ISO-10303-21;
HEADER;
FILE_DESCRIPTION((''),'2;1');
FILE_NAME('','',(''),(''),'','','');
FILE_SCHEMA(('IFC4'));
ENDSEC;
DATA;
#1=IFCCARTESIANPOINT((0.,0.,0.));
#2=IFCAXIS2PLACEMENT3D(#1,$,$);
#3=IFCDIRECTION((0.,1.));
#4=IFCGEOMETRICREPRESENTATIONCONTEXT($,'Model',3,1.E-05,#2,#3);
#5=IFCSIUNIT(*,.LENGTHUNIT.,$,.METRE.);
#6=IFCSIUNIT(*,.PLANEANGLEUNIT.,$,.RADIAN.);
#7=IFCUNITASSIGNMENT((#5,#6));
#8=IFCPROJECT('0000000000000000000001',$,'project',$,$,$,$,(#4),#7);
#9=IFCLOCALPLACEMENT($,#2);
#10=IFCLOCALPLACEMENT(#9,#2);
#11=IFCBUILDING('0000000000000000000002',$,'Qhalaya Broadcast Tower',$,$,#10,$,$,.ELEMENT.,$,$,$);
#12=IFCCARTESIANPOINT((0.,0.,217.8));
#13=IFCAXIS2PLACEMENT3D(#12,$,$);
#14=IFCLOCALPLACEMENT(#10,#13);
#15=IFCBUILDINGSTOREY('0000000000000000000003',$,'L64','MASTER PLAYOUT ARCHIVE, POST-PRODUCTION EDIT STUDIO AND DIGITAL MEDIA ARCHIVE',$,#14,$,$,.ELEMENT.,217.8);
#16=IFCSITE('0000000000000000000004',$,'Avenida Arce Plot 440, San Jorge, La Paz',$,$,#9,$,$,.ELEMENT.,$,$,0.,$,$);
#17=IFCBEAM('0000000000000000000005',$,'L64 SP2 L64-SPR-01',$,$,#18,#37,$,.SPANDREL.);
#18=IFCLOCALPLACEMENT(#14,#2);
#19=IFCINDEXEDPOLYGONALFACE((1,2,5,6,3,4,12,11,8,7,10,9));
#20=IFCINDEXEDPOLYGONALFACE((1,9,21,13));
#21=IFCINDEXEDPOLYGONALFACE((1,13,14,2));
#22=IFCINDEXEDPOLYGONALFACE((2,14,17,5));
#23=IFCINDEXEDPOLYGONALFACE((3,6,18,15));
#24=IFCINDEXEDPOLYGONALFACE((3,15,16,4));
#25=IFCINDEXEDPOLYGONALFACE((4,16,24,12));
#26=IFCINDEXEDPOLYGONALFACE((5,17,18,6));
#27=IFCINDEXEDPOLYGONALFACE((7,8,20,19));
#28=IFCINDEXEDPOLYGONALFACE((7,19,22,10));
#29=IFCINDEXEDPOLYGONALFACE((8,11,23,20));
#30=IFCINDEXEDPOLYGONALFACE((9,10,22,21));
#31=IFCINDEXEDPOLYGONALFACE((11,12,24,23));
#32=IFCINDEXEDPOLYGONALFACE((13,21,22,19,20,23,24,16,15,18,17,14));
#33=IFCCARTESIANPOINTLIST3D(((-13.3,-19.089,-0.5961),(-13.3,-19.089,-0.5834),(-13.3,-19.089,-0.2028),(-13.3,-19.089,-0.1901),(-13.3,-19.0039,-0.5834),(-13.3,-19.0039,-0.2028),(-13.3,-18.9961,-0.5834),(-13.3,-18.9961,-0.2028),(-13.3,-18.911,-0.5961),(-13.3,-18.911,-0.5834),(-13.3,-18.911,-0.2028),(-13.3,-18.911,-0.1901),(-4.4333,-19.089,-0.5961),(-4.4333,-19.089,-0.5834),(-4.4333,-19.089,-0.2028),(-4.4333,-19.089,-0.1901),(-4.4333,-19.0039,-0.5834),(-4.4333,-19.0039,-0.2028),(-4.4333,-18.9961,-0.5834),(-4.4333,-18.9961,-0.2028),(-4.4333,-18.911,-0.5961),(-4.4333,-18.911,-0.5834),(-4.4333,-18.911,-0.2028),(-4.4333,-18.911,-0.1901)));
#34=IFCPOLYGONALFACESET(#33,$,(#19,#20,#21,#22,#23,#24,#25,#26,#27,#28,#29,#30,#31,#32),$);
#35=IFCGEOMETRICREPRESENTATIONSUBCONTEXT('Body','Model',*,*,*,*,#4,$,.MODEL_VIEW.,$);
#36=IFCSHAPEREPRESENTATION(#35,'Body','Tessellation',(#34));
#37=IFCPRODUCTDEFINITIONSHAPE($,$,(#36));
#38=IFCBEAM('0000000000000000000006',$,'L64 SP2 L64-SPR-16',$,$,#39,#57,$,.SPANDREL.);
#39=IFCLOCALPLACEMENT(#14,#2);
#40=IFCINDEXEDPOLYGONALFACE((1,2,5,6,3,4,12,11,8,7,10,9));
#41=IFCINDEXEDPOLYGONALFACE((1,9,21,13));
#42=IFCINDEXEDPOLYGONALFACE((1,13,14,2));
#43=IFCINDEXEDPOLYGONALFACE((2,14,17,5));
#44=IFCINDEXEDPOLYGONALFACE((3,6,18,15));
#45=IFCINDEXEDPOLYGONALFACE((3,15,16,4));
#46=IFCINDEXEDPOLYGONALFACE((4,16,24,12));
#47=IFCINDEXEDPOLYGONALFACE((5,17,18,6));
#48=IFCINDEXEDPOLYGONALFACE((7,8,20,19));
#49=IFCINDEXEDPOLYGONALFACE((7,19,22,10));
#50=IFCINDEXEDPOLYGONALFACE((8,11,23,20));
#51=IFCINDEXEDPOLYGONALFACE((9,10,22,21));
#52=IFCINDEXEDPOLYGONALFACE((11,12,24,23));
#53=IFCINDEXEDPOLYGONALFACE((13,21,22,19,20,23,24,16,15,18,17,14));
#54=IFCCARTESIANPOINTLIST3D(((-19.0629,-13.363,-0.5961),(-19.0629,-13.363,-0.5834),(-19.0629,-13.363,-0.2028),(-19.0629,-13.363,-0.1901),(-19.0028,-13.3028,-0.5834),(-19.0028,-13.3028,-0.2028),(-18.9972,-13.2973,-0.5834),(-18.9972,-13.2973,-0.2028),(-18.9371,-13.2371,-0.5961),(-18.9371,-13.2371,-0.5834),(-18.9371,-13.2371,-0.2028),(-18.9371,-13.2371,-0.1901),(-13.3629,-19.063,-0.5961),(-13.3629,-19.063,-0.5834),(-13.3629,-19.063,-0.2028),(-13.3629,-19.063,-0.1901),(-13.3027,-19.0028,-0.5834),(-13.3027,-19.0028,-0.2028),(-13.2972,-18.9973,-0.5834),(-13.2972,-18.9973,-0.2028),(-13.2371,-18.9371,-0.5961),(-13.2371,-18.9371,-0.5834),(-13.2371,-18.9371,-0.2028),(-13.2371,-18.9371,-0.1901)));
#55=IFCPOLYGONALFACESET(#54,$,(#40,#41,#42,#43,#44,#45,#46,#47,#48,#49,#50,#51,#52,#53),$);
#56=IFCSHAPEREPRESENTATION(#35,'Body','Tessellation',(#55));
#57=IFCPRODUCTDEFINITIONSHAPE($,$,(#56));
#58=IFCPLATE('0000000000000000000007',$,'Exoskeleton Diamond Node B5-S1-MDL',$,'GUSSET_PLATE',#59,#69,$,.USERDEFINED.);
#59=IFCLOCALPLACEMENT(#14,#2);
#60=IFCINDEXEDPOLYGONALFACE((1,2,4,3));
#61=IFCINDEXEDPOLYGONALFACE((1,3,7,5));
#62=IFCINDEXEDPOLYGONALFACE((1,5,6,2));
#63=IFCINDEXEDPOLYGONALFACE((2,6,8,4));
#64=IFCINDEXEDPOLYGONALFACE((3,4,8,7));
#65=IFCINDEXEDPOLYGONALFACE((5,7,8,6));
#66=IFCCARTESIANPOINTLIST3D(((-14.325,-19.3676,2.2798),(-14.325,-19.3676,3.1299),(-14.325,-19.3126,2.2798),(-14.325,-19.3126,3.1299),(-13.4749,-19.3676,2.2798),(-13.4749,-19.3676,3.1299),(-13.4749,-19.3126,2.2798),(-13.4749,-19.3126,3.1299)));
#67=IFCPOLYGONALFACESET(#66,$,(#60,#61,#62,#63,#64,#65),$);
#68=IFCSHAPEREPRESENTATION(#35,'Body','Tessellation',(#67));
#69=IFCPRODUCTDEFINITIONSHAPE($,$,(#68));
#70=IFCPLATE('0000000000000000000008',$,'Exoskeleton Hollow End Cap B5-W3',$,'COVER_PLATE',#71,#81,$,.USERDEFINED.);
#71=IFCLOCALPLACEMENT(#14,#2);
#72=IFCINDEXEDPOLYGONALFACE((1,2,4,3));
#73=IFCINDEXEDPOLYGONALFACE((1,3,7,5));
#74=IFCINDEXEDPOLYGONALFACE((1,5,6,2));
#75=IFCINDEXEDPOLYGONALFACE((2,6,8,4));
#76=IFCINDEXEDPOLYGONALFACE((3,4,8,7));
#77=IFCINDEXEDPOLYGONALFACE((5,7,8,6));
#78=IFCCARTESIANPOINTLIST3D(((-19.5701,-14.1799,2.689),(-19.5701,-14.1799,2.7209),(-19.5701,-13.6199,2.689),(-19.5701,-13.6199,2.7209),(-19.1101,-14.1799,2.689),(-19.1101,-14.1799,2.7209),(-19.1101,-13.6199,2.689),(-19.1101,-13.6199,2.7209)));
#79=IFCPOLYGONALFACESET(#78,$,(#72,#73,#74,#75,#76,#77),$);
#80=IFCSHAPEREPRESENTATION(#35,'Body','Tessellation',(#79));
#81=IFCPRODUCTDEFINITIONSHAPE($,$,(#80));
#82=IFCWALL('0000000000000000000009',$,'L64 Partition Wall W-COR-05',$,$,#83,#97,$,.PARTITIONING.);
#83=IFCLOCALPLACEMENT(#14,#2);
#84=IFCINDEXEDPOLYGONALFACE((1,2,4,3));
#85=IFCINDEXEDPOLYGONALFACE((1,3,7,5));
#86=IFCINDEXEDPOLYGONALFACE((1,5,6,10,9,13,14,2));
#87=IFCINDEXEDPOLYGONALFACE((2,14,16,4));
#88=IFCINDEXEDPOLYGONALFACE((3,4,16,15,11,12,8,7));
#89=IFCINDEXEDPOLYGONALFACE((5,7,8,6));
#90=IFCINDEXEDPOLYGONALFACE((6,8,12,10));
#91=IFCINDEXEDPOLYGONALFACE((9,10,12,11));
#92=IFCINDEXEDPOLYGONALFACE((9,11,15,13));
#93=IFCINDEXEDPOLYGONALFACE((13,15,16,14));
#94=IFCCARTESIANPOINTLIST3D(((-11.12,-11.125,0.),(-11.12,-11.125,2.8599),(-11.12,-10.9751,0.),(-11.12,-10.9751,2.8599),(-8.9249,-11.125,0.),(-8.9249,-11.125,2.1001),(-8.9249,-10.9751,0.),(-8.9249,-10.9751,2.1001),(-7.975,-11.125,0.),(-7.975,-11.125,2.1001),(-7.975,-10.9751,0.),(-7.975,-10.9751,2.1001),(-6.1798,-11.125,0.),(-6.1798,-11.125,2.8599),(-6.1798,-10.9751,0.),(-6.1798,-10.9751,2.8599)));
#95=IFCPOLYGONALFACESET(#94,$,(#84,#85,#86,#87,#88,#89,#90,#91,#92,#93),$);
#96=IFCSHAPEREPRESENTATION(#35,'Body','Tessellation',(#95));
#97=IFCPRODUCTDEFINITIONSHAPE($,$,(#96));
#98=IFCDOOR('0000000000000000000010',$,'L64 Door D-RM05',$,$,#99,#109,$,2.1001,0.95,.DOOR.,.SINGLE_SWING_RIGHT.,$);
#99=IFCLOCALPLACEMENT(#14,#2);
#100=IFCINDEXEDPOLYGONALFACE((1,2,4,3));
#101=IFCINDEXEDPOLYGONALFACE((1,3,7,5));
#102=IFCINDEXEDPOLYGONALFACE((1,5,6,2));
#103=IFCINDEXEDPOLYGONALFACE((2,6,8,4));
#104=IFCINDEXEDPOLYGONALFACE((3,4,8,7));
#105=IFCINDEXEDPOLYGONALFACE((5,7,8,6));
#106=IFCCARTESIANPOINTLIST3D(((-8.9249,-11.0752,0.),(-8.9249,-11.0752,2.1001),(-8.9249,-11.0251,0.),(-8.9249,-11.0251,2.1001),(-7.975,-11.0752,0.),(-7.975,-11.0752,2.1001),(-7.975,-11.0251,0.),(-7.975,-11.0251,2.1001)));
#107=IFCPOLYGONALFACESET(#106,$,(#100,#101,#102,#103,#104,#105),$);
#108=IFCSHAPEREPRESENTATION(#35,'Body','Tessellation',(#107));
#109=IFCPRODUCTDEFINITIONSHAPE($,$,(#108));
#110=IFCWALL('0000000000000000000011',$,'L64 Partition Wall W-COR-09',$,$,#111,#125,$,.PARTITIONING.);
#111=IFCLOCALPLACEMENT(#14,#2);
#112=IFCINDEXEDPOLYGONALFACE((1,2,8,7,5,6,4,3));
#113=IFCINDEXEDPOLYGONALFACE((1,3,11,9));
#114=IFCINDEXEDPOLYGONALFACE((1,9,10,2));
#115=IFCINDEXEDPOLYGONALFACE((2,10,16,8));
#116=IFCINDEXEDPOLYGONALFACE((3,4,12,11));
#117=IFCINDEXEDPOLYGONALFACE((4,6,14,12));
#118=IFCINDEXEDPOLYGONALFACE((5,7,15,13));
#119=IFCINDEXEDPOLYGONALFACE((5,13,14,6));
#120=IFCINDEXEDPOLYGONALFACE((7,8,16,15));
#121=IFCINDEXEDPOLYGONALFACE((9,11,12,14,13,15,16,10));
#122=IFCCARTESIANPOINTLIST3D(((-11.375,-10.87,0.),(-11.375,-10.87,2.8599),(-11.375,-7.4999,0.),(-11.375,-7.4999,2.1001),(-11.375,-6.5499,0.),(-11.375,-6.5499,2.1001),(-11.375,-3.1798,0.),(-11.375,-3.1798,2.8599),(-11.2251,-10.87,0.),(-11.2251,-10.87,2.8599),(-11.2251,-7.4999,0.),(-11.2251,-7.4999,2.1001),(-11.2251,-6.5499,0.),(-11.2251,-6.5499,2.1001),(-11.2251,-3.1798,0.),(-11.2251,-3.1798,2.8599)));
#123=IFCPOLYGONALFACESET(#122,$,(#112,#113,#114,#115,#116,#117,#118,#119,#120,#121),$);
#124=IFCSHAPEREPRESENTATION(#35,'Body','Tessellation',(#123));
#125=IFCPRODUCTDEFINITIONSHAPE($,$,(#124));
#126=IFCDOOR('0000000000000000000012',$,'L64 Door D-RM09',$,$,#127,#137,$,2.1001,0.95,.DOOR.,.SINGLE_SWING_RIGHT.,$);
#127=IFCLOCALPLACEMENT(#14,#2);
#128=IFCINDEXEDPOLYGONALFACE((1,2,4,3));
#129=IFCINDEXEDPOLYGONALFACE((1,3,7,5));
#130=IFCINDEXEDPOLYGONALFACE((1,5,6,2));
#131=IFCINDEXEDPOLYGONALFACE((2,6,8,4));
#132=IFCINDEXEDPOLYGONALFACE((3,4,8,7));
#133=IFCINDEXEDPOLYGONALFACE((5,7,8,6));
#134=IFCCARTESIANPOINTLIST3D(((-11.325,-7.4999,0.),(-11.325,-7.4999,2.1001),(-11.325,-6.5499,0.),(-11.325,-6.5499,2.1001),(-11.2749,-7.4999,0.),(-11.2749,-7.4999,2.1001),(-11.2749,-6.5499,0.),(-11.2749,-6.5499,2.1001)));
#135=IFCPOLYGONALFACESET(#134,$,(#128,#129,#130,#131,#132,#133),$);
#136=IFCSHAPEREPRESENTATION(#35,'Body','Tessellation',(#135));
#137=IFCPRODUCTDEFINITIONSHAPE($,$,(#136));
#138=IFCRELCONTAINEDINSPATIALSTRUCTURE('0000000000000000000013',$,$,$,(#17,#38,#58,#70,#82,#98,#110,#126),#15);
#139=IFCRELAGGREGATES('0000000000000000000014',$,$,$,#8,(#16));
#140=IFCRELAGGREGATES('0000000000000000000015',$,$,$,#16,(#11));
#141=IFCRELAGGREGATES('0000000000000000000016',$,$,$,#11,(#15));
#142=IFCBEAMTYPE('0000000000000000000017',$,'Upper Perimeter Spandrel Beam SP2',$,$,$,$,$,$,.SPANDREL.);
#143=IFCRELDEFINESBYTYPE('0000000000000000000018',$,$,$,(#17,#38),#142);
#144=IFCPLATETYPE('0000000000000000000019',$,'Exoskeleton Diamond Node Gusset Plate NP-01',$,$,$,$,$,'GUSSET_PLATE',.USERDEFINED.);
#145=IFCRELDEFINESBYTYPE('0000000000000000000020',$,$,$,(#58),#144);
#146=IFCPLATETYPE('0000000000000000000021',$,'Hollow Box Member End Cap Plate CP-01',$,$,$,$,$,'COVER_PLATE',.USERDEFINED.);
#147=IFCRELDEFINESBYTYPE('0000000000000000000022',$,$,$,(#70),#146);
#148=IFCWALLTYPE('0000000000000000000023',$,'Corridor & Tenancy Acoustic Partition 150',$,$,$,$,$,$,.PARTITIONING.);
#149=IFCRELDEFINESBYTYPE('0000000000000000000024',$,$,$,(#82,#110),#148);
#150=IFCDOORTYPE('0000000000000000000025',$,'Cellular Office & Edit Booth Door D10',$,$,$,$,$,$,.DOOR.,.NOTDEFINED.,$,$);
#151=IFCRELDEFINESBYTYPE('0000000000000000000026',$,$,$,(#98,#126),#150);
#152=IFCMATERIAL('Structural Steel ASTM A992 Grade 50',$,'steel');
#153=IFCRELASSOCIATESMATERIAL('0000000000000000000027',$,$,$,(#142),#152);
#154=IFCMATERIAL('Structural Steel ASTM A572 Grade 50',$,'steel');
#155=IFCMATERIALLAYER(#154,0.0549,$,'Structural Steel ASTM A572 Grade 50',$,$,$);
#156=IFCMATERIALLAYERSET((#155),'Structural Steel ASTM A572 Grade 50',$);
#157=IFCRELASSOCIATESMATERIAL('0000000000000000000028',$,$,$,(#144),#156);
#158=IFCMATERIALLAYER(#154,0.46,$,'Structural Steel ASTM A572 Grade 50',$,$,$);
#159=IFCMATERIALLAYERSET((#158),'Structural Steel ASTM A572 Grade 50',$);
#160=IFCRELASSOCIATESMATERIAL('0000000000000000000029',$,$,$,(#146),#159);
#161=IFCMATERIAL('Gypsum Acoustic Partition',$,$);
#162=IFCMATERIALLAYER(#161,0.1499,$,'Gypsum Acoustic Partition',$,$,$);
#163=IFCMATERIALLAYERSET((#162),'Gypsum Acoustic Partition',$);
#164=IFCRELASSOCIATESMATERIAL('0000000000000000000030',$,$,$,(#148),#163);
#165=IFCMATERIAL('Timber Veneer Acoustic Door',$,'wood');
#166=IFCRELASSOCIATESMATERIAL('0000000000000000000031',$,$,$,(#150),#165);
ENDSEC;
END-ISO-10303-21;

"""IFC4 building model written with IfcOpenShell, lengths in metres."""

from ifc_helpers import new_model, si_unit, direction, frame, frame_2d, origin, origin_2d, place, context, subcontext, project, spatial, rectangle, i_section, extrude, material, layer, layer_set, material_profile, profile_set, type_object, element, fill, save


model = new_model("IFC4")

# Units and contexts
model_context = context("Model", 3, precision=1e-05, world=origin(), true_north=direction((0.0, 1.0)))
body_context = subcontext(model_context, "Body", "Model", "MODEL_VIEW")
ifc_project = project(units=[si_unit("LENGTHUNIT", "METRE"), si_unit("PLANEANGLEUNIT", "RADIAN")], contexts=[model_context])

# Site, building, storey
site_placement = place(None, origin())
site = spatial("IfcSite", under=ifc_project, at=site_placement, Name="Avenida Arce Plot 440, San Jorge, La Paz", CompositionType="ELEMENT", RefElevation=0.0)
building_placement = place(site_placement, origin())
building = spatial("IfcBuilding", under=site, at=building_placement, Name="Qhalaya Broadcast Tower", CompositionType="ELEMENT")
storey_placement = place(building_placement, frame((0.0, 0.0, 217.8)))
storey = spatial("IfcBuildingStorey", under=building, at=storey_placement, Name="L64", Description="MASTER PLAYOUT ARCHIVE, POST-PRODUCTION EDIT STUDIO AND DIGITAL MEDIA ARCHIVE", CompositionType="ELEMENT", Elevation=217.8)

# Shared definitions
ifc_material_1 = material(Name="Structural Steel ASTM A572 Grade 50", Category="steel")

# Shared definitions
ifc_material_2 = material(Name="Structural Steel ASTM A992 Grade 50", Category="steel")

# Beams
ifc_material_profile_1 = material_profile(ifc_material_2, i_section(OverallWidth=0.178, OverallDepth=0.406, WebThickness=0.0078, FlangeThickness=0.0127, at=origin_2d()), Name="W16X40")
ifc_profile_set_1 = profile_set([ifc_material_profile_1], Name="Structural Steel ASTM A992 Grade 50")
beam_type_1 = type_object("IfcBeamType", Name="Upper Perimeter Spandrel Beam SP2", PredefinedType="SPANDREL", material=ifc_profile_set_1)
beam_1_placement = place(storey_placement, frame((-13.3, -19.0, -0.3931), z_axis=(1.0, 0.0, 0.0), x_axis=(0.0, 1.0, 0.0)))
element("IfcBeam", 1, at=beam_1_placement, inside=storey, type_object=beam_type_1, Name="L64 SP2 L64-SPR-01", PredefinedType="SPANDREL", context=body_context, shape_type="SweptSolid", body=[
    extrude(i_section(OverallWidth=0.178, OverallDepth=0.406, WebThickness=0.0078, FlangeThickness=0.0127, at=origin_2d()), origin(), (0.0, 0.0, 1.0), 8.8667),
])
beam_2_placement = place(storey_placement, frame((-19.0, -13.3, -0.3931), z_axis=(0.707107, -0.707107, 0.0), x_axis=(0.707107, 0.707107, 0.0)))
element("IfcBeam", 2, at=beam_2_placement, inside=storey, type_object=beam_type_1, Name="L64 SP2 L64-SPR-16", PredefinedType="SPANDREL", context=body_context, shape_type="SweptSolid", body=[
    extrude(i_section(OverallWidth=0.178, OverallDepth=0.406, WebThickness=0.0078, FlangeThickness=0.0127, at=origin_2d()), origin(), (0.0, 0.0, 1.0), 8.061),
])

# Plates
ifc_layer_1 = layer(ifc_material_1, 0.0549, Name="Structural Steel ASTM A572 Grade 50")
ifc_layer_set_1 = layer_set([ifc_layer_1], Name="Structural Steel ASTM A572 Grade 50")
plate_type_1 = type_object("IfcPlateType", Name="Exoskeleton Diamond Node Gusset Plate NP-01", ElementType="GUSSET_PLATE", PredefinedType="USERDEFINED", material=ifc_layer_set_1)
plate_1_placement = place(storey_placement, frame((-13.8999, -19.3401, 2.2798), z_axis=(0.0, 0.0, 1.0), x_axis=(1.0, 0.0, 0.0)))
element("IfcPlate", 3, at=plate_1_placement, inside=storey, type_object=plate_type_1, Name="Exoskeleton Diamond Node B5-S1-MDL", ObjectType="GUSSET_PLATE", PredefinedType="USERDEFINED", context=body_context, shape_type="SweptSolid", body=[
    extrude(rectangle(XDim=0.8501, YDim=0.0549, at=origin_2d()), origin(), (0.0, 0.0, 1.0), 0.8501),
])
ifc_layer_2 = layer(ifc_material_1, 0.46, Name="Structural Steel ASTM A572 Grade 50")
ifc_layer_set_2 = layer_set([ifc_layer_2], Name="Structural Steel ASTM A572 Grade 50")
plate_type_2 = type_object("IfcPlateType", Name="Hollow Box Member End Cap Plate CP-01", ElementType="COVER_PLATE", PredefinedType="USERDEFINED", material=ifc_layer_set_2)
plate_2_placement = place(storey_placement, frame((-19.3401, -13.8999, 2.689), z_axis=(0.0, 0.0, 1.0), x_axis=(0.0, 1.0, 0.0)))
element("IfcPlate", 4, at=plate_2_placement, inside=storey, type_object=plate_type_2, Name="Exoskeleton Hollow End Cap B5-W3", ObjectType="COVER_PLATE", PredefinedType="USERDEFINED", context=body_context, shape_type="SweptSolid", body=[
    extrude(rectangle(XDim=0.5601, YDim=0.46, at=origin_2d()), origin(), (0.0, 0.0, 1.0), 0.032),
])

# Walls, openings, doors
ifc_material_3 = material(Name="Gypsum Acoustic Partition")
ifc_layer_3 = layer(ifc_material_3, 0.1499, Name="Gypsum Acoustic Partition")
ifc_layer_set_3 = layer_set([ifc_layer_3], Name="Gypsum Acoustic Partition")
wall_type_1 = type_object("IfcWallType", Name="Corridor & Tenancy Acoustic Partition 150", PredefinedType="PARTITIONING", material=ifc_layer_set_3)
wall_1_placement = place(storey_placement, frame((-11.1201, -11.05, 0.0), z_axis=(0.0, 0.0, 1.0), x_axis=(1.0, 0.0, 0.0)))
wall_1 = element("IfcWall", 5, at=wall_1_placement, inside=storey, type_object=wall_type_1, Name="L64 Partition Wall W-COR-05", PredefinedType="PARTITIONING", context=body_context, shape_type="SweptSolid", body=[
    extrude(rectangle(XDim=4.9402, YDim=0.1499, at=frame_2d((2.4702, 0.0))), origin(), (0.0, 0.0, 1.0), 2.8599),
])
opening_1_placement = place(wall_1_placement, frame((2.1951, 0.0, 0.0)))
opening_1 = element("IfcOpeningElement", 6, at=opening_1_placement, cuts=wall_1, PredefinedType="OPENING", context=body_context, shape_type="SweptSolid", body=[
    extrude(rectangle(XDim=0.95, YDim=2.1001, at=frame_2d((0.4751, 1.05))), frame((0.0, 0.0869, 0.0), z_axis=(0.0, -1.0, 0.0), x_axis=(1.0, 0.0, 0.0)), (0.0, 0.0, 1.0), 0.1738),
])
ifc_material_4 = material(Name="Timber Veneer Acoustic Door", Category="wood")
door_type = type_object("IfcDoorType", Name="Cellular Office & Edit Booth Door D10", OperationType="NOTDEFINED", PredefinedType="DOOR", material=ifc_material_4)
door_1_placement = place(opening_1_placement, origin())
door_1 = element("IfcDoor", 7, at=door_1_placement, inside=storey, type_object=door_type, Name="L64 Door D-RM05", OperationType="SINGLE_SWING_RIGHT", OverallHeight=2.1001, OverallWidth=0.95, PredefinedType="DOOR", context=body_context, shape_type="SweptSolid", body=[
    extrude(rectangle(XDim=0.95, YDim=2.1001, at=frame_2d((0.4751, 1.05))), frame((0.0, 0.0249, 0.0), z_axis=(0.0, -1.0, 0.0), x_axis=(1.0, 0.0, 0.0)), (0.0, 0.0, 1.0), 0.05),
])
fill(opening_1, door_1)
wall_2_placement = place(storey_placement, frame((-11.3, -10.8701, 0.0), z_axis=(0.0, 0.0, 1.0), x_axis=(0.0, 1.0, 0.0)))
wall_2 = element("IfcWall", 8, at=wall_2_placement, inside=storey, type_object=wall_type_1, Name="L64 Partition Wall W-COR-09", PredefinedType="PARTITIONING", context=body_context, shape_type="SweptSolid", body=[
    extrude(rectangle(XDim=7.6902, YDim=0.1499, at=frame_2d((3.8452, 0.0))), origin(), (0.0, 0.0, 1.0), 2.8599),
])
opening_2_placement = place(wall_2_placement, frame((3.3701, 0.0, 0.0)))
opening_2 = element("IfcOpeningElement", 9, at=opening_2_placement, cuts=wall_2, PredefinedType="OPENING", context=body_context, shape_type="SweptSolid", body=[
    extrude(rectangle(XDim=0.95, YDim=2.1001, at=frame_2d((0.4751, 1.05))), frame((0.0, 0.0869, 0.0), z_axis=(0.0, -1.0, 0.0), x_axis=(1.0, 0.0, 0.0)), (0.0, 0.0, 1.0), 0.1738),
])
door_2_placement = place(opening_2_placement, origin())
door_2 = element("IfcDoor", 10, at=door_2_placement, inside=storey, type_object=door_type, Name="L64 Door D-RM09", OperationType="SINGLE_SWING_RIGHT", OverallHeight=2.1001, OverallWidth=0.95, PredefinedType="DOOR", context=body_context, shape_type="SweptSolid", body=[
    extrude(rectangle(XDim=0.95, YDim=2.1001, at=frame_2d((0.4751, 1.05))), frame((0.0, 0.0249, 0.0), z_axis=(0.0, -1.0, 0.0), x_axis=(1.0, 0.0, 0.0)), (0.0, 0.0, 1.0), 0.05),
])
fill(opening_2, door_2)

save(model, "model.ifc")
